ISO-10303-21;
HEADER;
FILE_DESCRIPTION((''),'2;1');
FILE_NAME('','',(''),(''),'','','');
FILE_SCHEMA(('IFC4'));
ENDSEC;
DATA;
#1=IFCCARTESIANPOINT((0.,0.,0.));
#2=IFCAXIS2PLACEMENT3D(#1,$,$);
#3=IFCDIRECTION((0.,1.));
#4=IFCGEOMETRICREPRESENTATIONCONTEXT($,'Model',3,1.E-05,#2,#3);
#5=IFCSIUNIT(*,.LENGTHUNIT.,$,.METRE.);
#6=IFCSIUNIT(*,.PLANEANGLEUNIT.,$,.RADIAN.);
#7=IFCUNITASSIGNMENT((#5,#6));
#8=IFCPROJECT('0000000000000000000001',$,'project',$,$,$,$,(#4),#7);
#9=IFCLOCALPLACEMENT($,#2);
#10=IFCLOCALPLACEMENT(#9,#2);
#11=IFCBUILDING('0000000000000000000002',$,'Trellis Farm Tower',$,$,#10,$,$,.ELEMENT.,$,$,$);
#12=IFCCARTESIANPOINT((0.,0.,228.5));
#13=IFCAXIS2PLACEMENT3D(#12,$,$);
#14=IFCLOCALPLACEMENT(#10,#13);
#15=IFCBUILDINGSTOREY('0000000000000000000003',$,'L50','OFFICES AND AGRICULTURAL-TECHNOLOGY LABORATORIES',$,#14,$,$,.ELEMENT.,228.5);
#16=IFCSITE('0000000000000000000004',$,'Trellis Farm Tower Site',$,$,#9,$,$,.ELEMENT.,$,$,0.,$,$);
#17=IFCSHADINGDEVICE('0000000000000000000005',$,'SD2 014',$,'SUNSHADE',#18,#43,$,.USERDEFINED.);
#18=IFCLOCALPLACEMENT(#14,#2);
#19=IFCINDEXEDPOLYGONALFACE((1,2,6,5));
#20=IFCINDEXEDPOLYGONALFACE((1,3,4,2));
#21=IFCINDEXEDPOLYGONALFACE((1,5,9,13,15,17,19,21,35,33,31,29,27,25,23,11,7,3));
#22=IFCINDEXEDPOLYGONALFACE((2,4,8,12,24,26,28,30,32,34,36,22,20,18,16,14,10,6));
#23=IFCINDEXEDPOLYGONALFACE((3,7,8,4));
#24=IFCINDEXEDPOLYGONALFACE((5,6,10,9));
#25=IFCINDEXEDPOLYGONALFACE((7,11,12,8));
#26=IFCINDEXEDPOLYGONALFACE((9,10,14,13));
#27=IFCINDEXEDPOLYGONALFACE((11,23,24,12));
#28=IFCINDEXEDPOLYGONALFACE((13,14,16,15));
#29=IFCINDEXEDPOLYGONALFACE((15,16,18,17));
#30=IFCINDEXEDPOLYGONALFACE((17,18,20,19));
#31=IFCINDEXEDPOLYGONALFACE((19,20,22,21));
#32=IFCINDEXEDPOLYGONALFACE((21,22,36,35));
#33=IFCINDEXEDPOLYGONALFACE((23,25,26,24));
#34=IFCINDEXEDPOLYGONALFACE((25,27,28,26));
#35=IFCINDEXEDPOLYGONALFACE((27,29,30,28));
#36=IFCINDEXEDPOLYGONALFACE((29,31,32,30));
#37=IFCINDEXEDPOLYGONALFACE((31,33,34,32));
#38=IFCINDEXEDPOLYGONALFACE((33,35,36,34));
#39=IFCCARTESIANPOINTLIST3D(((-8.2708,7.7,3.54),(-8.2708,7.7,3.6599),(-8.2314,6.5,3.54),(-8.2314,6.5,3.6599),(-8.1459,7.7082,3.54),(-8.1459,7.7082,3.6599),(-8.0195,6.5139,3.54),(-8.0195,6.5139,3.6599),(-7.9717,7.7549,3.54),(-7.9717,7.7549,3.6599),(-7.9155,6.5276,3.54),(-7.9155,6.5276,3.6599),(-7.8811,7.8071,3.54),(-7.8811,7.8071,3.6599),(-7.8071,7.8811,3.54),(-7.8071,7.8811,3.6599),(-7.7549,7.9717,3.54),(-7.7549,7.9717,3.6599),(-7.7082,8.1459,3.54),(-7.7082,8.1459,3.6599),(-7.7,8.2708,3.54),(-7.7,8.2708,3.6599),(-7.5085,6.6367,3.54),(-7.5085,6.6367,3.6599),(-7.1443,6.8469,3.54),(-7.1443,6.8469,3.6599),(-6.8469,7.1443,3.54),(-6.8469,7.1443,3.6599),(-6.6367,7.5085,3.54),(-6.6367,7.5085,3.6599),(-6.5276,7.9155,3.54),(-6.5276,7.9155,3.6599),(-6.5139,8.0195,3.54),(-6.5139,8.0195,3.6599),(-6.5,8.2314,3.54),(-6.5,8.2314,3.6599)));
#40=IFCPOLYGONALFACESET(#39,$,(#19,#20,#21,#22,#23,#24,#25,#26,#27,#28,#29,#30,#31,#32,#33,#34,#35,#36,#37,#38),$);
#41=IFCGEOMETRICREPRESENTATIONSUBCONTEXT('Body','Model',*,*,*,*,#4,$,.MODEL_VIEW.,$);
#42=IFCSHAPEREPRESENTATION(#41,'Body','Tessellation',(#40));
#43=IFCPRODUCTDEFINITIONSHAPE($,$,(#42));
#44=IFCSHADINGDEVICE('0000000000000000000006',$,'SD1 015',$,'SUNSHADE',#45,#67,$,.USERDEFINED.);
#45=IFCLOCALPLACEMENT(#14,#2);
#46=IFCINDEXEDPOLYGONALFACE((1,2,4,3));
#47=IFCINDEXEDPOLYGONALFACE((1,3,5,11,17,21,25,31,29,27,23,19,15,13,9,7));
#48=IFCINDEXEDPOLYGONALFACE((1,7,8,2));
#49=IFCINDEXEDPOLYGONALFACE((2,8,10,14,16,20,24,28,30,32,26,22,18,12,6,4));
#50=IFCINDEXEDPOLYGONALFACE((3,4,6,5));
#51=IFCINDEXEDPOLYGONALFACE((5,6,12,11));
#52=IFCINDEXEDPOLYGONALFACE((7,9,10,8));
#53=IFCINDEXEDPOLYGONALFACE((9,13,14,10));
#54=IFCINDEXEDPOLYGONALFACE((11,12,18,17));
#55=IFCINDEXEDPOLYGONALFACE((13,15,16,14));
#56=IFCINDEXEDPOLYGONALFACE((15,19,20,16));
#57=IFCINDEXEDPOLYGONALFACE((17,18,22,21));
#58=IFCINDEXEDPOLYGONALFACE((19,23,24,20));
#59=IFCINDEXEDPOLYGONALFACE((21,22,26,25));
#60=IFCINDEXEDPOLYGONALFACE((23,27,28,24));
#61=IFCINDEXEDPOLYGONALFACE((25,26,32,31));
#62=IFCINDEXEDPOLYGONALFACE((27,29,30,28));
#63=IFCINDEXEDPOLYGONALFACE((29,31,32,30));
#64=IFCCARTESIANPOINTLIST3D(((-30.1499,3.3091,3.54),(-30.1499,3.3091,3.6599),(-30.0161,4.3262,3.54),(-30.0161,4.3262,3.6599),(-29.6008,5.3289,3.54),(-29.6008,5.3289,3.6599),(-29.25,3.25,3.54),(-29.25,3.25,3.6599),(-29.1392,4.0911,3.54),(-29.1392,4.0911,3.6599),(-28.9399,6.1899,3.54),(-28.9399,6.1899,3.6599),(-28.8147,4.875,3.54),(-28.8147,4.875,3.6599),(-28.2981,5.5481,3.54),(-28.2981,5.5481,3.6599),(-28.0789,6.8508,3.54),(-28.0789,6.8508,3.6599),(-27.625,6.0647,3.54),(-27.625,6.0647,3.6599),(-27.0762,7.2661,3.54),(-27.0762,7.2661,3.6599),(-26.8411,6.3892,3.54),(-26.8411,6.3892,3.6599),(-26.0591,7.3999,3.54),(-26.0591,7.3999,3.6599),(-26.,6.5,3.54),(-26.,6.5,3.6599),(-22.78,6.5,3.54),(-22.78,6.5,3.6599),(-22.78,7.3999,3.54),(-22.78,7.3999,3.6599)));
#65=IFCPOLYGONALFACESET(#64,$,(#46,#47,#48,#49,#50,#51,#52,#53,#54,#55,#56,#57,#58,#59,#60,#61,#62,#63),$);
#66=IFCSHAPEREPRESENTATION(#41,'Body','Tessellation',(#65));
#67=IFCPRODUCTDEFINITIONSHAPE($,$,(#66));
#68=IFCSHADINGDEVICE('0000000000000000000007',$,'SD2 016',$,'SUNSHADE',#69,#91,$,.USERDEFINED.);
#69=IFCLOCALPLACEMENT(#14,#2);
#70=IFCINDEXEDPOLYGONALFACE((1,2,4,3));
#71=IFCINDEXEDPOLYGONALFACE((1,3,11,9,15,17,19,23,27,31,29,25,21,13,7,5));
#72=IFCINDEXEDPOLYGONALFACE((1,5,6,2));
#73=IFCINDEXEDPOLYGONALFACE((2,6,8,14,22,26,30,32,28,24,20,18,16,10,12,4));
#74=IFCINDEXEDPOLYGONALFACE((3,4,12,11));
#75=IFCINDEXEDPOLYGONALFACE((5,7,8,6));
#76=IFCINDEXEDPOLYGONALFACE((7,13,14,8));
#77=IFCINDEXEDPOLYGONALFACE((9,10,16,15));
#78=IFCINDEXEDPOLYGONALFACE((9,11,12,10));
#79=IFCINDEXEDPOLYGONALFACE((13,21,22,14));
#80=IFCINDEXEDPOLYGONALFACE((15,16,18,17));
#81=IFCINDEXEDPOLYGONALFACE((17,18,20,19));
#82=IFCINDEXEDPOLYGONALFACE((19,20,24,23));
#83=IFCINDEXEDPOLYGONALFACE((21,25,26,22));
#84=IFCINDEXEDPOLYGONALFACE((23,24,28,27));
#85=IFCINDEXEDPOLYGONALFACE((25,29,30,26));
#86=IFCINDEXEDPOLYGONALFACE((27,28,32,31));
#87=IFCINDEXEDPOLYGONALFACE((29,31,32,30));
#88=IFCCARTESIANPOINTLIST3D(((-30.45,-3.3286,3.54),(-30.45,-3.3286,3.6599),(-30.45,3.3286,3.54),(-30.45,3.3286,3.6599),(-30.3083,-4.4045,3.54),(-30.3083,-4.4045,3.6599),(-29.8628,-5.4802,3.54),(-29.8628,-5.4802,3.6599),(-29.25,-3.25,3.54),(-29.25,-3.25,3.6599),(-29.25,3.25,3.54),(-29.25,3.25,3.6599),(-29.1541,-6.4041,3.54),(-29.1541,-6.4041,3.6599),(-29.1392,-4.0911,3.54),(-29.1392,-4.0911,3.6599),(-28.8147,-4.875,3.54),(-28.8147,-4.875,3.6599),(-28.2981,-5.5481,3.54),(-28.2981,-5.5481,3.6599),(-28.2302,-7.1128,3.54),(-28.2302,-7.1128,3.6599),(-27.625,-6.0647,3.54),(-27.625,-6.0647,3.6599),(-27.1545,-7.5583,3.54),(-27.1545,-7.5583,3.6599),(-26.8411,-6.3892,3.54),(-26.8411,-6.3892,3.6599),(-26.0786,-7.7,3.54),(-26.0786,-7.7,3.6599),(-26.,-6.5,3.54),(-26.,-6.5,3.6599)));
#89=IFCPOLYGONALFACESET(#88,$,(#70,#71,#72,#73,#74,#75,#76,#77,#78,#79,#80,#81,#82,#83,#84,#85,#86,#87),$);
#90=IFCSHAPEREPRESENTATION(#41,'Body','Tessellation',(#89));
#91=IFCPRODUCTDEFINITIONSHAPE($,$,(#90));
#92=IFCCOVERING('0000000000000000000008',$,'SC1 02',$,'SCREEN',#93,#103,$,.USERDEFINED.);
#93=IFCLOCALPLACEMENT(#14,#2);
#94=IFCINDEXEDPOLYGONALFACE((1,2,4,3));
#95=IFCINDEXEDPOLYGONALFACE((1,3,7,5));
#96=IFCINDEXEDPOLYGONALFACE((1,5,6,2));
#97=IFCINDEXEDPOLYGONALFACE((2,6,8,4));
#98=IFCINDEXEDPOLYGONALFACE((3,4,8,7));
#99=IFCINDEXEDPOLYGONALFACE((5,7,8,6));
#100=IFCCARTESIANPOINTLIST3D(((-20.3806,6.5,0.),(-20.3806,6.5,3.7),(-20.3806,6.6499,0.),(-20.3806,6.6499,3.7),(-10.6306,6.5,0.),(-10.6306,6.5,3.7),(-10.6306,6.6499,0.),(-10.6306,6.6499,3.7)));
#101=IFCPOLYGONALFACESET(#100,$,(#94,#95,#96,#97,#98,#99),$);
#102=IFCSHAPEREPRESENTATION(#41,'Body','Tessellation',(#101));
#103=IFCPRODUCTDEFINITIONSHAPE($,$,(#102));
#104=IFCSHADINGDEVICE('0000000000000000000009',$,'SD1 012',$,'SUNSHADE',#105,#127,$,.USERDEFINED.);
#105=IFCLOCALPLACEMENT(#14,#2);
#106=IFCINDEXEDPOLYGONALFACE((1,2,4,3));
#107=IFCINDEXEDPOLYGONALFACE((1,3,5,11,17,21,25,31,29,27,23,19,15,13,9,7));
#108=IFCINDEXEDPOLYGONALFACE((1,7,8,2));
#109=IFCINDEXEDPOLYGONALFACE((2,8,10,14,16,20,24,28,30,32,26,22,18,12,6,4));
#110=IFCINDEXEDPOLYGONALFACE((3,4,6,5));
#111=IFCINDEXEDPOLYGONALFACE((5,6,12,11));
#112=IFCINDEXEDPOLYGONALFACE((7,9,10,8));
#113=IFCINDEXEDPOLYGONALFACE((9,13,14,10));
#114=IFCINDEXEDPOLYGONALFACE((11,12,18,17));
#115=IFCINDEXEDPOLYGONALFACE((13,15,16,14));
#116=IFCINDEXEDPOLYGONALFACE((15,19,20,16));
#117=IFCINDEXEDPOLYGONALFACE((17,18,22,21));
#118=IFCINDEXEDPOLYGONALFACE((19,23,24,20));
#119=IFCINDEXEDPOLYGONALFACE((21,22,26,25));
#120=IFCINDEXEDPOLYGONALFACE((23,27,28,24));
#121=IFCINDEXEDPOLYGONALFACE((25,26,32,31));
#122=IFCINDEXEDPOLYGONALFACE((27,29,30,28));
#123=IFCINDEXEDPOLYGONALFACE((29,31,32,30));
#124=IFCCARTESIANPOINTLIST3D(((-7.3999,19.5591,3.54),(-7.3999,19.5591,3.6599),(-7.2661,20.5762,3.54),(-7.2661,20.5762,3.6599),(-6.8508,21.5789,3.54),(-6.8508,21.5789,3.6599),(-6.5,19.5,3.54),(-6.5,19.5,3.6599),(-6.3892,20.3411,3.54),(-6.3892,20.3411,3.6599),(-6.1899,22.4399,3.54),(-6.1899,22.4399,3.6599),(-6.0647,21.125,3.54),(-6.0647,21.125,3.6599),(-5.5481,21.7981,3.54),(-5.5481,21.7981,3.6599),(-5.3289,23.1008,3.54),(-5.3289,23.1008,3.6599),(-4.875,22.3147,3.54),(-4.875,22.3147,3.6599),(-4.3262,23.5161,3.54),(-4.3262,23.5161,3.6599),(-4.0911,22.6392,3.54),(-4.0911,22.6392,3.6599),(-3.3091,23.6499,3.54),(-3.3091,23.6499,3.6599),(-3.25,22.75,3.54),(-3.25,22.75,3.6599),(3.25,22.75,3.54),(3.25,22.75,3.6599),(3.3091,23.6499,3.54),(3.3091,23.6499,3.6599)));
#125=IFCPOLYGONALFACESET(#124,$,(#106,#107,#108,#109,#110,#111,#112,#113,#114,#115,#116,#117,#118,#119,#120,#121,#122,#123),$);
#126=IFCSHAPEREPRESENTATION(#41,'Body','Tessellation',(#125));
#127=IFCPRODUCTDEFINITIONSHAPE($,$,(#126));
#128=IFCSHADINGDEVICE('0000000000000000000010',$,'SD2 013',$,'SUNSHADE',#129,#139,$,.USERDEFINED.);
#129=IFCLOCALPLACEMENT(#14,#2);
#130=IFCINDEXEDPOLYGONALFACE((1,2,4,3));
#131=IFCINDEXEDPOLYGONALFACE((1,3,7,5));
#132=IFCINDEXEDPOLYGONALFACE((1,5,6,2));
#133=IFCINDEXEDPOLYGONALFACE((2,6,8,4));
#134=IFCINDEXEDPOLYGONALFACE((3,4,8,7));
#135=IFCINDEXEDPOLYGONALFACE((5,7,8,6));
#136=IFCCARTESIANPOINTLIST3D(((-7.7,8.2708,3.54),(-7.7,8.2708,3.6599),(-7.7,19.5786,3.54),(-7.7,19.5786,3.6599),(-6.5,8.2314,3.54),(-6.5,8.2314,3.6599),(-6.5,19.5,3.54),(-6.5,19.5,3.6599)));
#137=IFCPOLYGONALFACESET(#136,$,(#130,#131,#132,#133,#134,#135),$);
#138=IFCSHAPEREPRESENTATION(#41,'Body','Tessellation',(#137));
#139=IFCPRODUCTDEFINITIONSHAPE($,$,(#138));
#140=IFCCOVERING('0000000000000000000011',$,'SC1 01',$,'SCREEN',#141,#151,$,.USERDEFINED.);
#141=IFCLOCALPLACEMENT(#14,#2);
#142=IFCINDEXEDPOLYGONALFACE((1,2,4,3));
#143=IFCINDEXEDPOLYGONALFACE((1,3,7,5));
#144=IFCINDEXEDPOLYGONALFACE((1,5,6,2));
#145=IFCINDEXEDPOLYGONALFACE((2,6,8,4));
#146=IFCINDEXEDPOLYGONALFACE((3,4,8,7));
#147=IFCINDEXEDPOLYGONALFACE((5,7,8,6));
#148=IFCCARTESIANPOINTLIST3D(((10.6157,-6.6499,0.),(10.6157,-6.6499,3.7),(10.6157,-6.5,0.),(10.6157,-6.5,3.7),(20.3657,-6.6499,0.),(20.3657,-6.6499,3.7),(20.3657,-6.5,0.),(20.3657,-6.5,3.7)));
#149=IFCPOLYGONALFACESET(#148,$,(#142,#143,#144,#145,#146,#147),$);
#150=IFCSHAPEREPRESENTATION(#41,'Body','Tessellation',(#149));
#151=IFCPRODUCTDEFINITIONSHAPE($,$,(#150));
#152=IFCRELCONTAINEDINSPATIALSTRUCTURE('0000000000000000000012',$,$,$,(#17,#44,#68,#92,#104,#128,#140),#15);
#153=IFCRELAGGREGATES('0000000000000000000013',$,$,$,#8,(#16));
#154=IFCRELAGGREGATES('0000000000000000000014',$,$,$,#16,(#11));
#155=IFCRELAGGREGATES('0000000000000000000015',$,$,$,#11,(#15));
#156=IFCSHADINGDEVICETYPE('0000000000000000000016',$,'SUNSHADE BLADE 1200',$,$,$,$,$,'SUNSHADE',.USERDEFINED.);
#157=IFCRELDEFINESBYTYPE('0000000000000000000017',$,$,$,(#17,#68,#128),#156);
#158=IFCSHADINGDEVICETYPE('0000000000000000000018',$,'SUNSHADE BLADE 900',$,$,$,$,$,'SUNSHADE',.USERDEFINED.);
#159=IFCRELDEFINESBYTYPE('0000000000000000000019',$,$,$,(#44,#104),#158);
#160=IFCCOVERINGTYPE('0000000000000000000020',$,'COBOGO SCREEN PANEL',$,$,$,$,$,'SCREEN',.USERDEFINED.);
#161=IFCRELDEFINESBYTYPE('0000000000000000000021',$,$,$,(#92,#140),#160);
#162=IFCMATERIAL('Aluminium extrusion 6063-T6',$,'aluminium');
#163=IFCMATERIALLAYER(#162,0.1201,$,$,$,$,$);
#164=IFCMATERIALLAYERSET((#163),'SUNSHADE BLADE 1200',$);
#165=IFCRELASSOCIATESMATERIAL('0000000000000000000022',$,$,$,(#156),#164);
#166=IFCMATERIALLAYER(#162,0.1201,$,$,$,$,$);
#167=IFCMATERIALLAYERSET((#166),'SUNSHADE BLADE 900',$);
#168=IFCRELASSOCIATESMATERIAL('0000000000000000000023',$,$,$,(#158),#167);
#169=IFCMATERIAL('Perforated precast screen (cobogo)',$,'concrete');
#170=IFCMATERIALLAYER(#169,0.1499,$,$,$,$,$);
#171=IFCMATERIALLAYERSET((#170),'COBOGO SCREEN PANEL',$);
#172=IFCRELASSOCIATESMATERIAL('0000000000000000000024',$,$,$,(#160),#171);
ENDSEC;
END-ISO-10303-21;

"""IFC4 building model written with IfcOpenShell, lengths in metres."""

from ifc_helpers import new_model, si_unit, direction, frame, origin, place, context, subcontext, project, spatial, polyline, outline, extrude, source, transform, mapped, material, layer, layer_set, type_object, element, save


model = new_model("IFC4")

# Units and contexts
model_context = context("Model", 3, precision=1e-05, world=origin(), true_north=direction((0.0, 1.0)))
body_context = subcontext(model_context, "Body", "Model", "MODEL_VIEW")
ifc_project = project(units=[si_unit("LENGTHUNIT", "METRE"), si_unit("PLANEANGLEUNIT", "RADIAN")], contexts=[model_context])

# Site, building, storey
site_placement = place(None, origin())
site = spatial("IfcSite", under=ifc_project, at=site_placement, Name="Trellis Farm Tower Site", CompositionType="ELEMENT", RefElevation=0.0)
building_placement = place(site_placement, origin())
building = spatial("IfcBuilding", under=site, at=building_placement, Name="Trellis Farm Tower", CompositionType="ELEMENT")
storey_placement = place(building_placement, frame((0.0, 0.0, 228.5)))
storey = spatial("IfcBuildingStorey", under=building, at=storey_placement, Name="L50", Description="OFFICES AND AGRICULTURAL-TECHNOLOGY LABORATORIES", CompositionType="ELEMENT", Elevation=228.5)

# Shared definitions
placement_1 = place(storey_placement, origin())
ifc_material_1 = material(Name="Aluminium extrusion 6063-T6", Category="aluminium")

# Shading devices
ifc_layer_1 = layer(ifc_material_1, 0.1201)
ifc_layer_set_1 = layer_set([ifc_layer_1], Name="SUNSHADE BLADE 1200")
shading_device_type_1 = type_object("IfcShadingDeviceType", Name="SUNSHADE BLADE 1200", ElementType="SUNSHADE", PredefinedType="USERDEFINED", material=ifc_layer_set_1)
shared_shape_1 = source(origin(), body_context, "Body", "SweptSolid", [
    extrude(outline(polyline([(-7.7, 8.2708), (-7.7087, 8.1372), (-7.707, 8.1501), (-7.7549, 7.9717), (-7.8071, 7.8811), (-7.8811, 7.8071), (-7.9717, 7.7549), (-8.1501, 7.707), (-8.1372, 7.7087), (-8.2708, 7.7), (-8.2314, 6.5), (-8.0195, 6.5139), (-7.9155, 6.5276), (-7.5085, 6.6367), (-7.1443, 6.8469), (-6.8469, 7.1443), (-6.6367, 7.5085), (-6.5276, 7.9155), (-6.5139, 8.0195), (-6.5, 8.2314), (-7.7, 8.2708)])), origin(), (0.0, 0.0, 1.0), 0.1199),
])
placement_2 = place(storey_placement, frame((0.0, 0.0, 3.54)))
element("IfcShadingDevice", 1, at=placement_2, inside=storey, type_object=shading_device_type_1, Name="SD2 014", ObjectType="SUNSHADE", PredefinedType="USERDEFINED", context=body_context, shape_type="MappedRepresentation", body=[
    mapped(shared_shape_1, transform((0.0, 0.0, 0.0))),
])
ifc_layer_2 = layer(ifc_material_1, 0.1201)
ifc_layer_set_2 = layer_set([ifc_layer_2], Name="SUNSHADE BLADE 900")
shading_device_type_2 = type_object("IfcShadingDeviceType", Name="SUNSHADE BLADE 900", ElementType="SUNSHADE", PredefinedType="USERDEFINED", material=ifc_layer_set_2)
shared_shape_2 = source(origin(), body_context, "Body", "SweptSolid", [
    extrude(outline(polyline([(-22.78, 7.3999), (-26.0591, 7.3999), (-27.0762, 7.2661), (-28.0789, 6.8508), (-28.9399, 6.1899), (-29.6008, 5.3289), (-30.0161, 4.3262), (-30.1499, 3.3091), (-29.25, 3.25), (-29.1392, 4.0911), (-28.8147, 4.875), (-28.2981, 5.5481), (-27.625, 6.0647), (-26.8411, 6.3892), (-26.0, 6.5), (-22.78, 6.5), (-22.78, 7.3999)])), origin(), (0.0, 0.0, 1.0), 0.1199),
])
element("IfcShadingDevice", 2, at=placement_2, inside=storey, type_object=shading_device_type_2, Name="SD1 015", ObjectType="SUNSHADE", PredefinedType="USERDEFINED", context=body_context, shape_type="MappedRepresentation", body=[
    mapped(shared_shape_2, transform((0.0, 0.0, 0.0))),
])
shared_shape_3 = source(origin(), body_context, "Body", "SweptSolid", [
    extrude(outline(polyline([(-30.45, 3.3286), (-30.45, -3.3286), (-30.3083, -4.4045), (-29.8628, -5.4802), (-29.1541, -6.4041), (-28.2302, -7.1128), (-27.1545, -7.5583), (-26.0786, -7.7), (-26.0, -6.5), (-26.8411, -6.3892), (-27.625, -6.0647), (-28.2981, -5.5481), (-28.8147, -4.875), (-29.1392, -4.0911), (-29.25, -3.25), (-29.25, 3.25), (-30.45, 3.3286)])), origin(), (0.0, 0.0, 1.0), 0.1199),
])
element("IfcShadingDevice", 3, at=placement_2, inside=storey, type_object=shading_device_type_1, Name="SD2 016", ObjectType="SUNSHADE", PredefinedType="USERDEFINED", context=body_context, shape_type="MappedRepresentation", body=[
    mapped(shared_shape_3, transform((0.0, 0.0, 0.0))),
])

# Covering
ifc_material_2 = material(Name="Perforated precast screen (cobogo)", Category="concrete")
ifc_layer_3 = layer(ifc_material_2, 0.1499)
ifc_layer_set_3 = layer_set([ifc_layer_3], Name="COBOGO SCREEN PANEL")
covering_type = type_object("IfcCoveringType", Name="COBOGO SCREEN PANEL", ElementType="SCREEN", PredefinedType="USERDEFINED", material=ifc_layer_set_3)
shared_shape_4 = source(origin(), body_context, "Body", "SweptSolid", [
    extrude(outline(polyline([(-10.6306, 6.6499), (-20.3806, 6.6499), (-20.3806, 6.5), (-10.6306, 6.5), (-10.6306, 6.6499)])), origin(), (0.0, 0.0, 1.0), 3.7),
])
element("IfcCovering", 4, at=placement_1, inside=storey, type_object=covering_type, Name="SC1 02", ObjectType="SCREEN", PredefinedType="USERDEFINED", context=body_context, shape_type="MappedRepresentation", body=[
    mapped(shared_shape_4, transform((0.0, 0.0, 0.0))),
])

# Shading devices
shared_shape_5 = source(origin(), body_context, "Body", "SweptSolid", [
    extrude(outline(polyline([(3.3091, 23.6499), (-3.3091, 23.6499), (-4.3262, 23.5161), (-5.3289, 23.1008), (-6.1899, 22.4399), (-6.8508, 21.5789), (-7.2661, 20.5762), (-7.3999, 19.5591), (-6.5, 19.5), (-6.3892, 20.3411), (-6.0647, 21.125), (-5.5481, 21.7981), (-4.875, 22.3147), (-4.0911, 22.6392), (-3.25, 22.75), (3.25, 22.75), (3.3091, 23.6499)])), origin(), (0.0, 0.0, 1.0), 0.1199),
])
element("IfcShadingDevice", 5, at=placement_2, inside=storey, type_object=shading_device_type_2, Name="SD1 012", ObjectType="SUNSHADE", PredefinedType="USERDEFINED", context=body_context, shape_type="MappedRepresentation", body=[
    mapped(shared_shape_5, transform((0.0, 0.0, 0.0))),
])
shared_shape_6 = source(origin(), body_context, "Body", "SweptSolid", [
    extrude(outline(polyline([(-7.7, 19.5786), (-7.7, 8.2708), (-6.5, 8.2314), (-6.5, 19.5), (-7.7, 19.5786)])), origin(), (0.0, 0.0, 1.0), 0.1199),
])
element("IfcShadingDevice", 6, at=placement_2, inside=storey, type_object=shading_device_type_1, Name="SD2 013", ObjectType="SUNSHADE", PredefinedType="USERDEFINED", context=body_context, shape_type="MappedRepresentation", body=[
    mapped(shared_shape_6, transform((0.0, 0.0, 0.0))),
])

# Covering
shared_shape_7 = source(origin(), body_context, "Body", "SweptSolid", [
    extrude(outline(polyline([(10.6157, -6.6499), (20.3657, -6.6499), (20.3657, -6.5), (10.6157, -6.5), (10.6157, -6.6499)])), origin(), (0.0, 0.0, 1.0), 3.7),
])
element("IfcCovering", 7, at=placement_1, inside=storey, type_object=covering_type, Name="SC1 01", ObjectType="SCREEN", PredefinedType="USERDEFINED", context=body_context, shape_type="MappedRepresentation", body=[
    mapped(shared_shape_7, transform((0.0, 0.0, 0.0))),
])

save(model, "model.ifc")
